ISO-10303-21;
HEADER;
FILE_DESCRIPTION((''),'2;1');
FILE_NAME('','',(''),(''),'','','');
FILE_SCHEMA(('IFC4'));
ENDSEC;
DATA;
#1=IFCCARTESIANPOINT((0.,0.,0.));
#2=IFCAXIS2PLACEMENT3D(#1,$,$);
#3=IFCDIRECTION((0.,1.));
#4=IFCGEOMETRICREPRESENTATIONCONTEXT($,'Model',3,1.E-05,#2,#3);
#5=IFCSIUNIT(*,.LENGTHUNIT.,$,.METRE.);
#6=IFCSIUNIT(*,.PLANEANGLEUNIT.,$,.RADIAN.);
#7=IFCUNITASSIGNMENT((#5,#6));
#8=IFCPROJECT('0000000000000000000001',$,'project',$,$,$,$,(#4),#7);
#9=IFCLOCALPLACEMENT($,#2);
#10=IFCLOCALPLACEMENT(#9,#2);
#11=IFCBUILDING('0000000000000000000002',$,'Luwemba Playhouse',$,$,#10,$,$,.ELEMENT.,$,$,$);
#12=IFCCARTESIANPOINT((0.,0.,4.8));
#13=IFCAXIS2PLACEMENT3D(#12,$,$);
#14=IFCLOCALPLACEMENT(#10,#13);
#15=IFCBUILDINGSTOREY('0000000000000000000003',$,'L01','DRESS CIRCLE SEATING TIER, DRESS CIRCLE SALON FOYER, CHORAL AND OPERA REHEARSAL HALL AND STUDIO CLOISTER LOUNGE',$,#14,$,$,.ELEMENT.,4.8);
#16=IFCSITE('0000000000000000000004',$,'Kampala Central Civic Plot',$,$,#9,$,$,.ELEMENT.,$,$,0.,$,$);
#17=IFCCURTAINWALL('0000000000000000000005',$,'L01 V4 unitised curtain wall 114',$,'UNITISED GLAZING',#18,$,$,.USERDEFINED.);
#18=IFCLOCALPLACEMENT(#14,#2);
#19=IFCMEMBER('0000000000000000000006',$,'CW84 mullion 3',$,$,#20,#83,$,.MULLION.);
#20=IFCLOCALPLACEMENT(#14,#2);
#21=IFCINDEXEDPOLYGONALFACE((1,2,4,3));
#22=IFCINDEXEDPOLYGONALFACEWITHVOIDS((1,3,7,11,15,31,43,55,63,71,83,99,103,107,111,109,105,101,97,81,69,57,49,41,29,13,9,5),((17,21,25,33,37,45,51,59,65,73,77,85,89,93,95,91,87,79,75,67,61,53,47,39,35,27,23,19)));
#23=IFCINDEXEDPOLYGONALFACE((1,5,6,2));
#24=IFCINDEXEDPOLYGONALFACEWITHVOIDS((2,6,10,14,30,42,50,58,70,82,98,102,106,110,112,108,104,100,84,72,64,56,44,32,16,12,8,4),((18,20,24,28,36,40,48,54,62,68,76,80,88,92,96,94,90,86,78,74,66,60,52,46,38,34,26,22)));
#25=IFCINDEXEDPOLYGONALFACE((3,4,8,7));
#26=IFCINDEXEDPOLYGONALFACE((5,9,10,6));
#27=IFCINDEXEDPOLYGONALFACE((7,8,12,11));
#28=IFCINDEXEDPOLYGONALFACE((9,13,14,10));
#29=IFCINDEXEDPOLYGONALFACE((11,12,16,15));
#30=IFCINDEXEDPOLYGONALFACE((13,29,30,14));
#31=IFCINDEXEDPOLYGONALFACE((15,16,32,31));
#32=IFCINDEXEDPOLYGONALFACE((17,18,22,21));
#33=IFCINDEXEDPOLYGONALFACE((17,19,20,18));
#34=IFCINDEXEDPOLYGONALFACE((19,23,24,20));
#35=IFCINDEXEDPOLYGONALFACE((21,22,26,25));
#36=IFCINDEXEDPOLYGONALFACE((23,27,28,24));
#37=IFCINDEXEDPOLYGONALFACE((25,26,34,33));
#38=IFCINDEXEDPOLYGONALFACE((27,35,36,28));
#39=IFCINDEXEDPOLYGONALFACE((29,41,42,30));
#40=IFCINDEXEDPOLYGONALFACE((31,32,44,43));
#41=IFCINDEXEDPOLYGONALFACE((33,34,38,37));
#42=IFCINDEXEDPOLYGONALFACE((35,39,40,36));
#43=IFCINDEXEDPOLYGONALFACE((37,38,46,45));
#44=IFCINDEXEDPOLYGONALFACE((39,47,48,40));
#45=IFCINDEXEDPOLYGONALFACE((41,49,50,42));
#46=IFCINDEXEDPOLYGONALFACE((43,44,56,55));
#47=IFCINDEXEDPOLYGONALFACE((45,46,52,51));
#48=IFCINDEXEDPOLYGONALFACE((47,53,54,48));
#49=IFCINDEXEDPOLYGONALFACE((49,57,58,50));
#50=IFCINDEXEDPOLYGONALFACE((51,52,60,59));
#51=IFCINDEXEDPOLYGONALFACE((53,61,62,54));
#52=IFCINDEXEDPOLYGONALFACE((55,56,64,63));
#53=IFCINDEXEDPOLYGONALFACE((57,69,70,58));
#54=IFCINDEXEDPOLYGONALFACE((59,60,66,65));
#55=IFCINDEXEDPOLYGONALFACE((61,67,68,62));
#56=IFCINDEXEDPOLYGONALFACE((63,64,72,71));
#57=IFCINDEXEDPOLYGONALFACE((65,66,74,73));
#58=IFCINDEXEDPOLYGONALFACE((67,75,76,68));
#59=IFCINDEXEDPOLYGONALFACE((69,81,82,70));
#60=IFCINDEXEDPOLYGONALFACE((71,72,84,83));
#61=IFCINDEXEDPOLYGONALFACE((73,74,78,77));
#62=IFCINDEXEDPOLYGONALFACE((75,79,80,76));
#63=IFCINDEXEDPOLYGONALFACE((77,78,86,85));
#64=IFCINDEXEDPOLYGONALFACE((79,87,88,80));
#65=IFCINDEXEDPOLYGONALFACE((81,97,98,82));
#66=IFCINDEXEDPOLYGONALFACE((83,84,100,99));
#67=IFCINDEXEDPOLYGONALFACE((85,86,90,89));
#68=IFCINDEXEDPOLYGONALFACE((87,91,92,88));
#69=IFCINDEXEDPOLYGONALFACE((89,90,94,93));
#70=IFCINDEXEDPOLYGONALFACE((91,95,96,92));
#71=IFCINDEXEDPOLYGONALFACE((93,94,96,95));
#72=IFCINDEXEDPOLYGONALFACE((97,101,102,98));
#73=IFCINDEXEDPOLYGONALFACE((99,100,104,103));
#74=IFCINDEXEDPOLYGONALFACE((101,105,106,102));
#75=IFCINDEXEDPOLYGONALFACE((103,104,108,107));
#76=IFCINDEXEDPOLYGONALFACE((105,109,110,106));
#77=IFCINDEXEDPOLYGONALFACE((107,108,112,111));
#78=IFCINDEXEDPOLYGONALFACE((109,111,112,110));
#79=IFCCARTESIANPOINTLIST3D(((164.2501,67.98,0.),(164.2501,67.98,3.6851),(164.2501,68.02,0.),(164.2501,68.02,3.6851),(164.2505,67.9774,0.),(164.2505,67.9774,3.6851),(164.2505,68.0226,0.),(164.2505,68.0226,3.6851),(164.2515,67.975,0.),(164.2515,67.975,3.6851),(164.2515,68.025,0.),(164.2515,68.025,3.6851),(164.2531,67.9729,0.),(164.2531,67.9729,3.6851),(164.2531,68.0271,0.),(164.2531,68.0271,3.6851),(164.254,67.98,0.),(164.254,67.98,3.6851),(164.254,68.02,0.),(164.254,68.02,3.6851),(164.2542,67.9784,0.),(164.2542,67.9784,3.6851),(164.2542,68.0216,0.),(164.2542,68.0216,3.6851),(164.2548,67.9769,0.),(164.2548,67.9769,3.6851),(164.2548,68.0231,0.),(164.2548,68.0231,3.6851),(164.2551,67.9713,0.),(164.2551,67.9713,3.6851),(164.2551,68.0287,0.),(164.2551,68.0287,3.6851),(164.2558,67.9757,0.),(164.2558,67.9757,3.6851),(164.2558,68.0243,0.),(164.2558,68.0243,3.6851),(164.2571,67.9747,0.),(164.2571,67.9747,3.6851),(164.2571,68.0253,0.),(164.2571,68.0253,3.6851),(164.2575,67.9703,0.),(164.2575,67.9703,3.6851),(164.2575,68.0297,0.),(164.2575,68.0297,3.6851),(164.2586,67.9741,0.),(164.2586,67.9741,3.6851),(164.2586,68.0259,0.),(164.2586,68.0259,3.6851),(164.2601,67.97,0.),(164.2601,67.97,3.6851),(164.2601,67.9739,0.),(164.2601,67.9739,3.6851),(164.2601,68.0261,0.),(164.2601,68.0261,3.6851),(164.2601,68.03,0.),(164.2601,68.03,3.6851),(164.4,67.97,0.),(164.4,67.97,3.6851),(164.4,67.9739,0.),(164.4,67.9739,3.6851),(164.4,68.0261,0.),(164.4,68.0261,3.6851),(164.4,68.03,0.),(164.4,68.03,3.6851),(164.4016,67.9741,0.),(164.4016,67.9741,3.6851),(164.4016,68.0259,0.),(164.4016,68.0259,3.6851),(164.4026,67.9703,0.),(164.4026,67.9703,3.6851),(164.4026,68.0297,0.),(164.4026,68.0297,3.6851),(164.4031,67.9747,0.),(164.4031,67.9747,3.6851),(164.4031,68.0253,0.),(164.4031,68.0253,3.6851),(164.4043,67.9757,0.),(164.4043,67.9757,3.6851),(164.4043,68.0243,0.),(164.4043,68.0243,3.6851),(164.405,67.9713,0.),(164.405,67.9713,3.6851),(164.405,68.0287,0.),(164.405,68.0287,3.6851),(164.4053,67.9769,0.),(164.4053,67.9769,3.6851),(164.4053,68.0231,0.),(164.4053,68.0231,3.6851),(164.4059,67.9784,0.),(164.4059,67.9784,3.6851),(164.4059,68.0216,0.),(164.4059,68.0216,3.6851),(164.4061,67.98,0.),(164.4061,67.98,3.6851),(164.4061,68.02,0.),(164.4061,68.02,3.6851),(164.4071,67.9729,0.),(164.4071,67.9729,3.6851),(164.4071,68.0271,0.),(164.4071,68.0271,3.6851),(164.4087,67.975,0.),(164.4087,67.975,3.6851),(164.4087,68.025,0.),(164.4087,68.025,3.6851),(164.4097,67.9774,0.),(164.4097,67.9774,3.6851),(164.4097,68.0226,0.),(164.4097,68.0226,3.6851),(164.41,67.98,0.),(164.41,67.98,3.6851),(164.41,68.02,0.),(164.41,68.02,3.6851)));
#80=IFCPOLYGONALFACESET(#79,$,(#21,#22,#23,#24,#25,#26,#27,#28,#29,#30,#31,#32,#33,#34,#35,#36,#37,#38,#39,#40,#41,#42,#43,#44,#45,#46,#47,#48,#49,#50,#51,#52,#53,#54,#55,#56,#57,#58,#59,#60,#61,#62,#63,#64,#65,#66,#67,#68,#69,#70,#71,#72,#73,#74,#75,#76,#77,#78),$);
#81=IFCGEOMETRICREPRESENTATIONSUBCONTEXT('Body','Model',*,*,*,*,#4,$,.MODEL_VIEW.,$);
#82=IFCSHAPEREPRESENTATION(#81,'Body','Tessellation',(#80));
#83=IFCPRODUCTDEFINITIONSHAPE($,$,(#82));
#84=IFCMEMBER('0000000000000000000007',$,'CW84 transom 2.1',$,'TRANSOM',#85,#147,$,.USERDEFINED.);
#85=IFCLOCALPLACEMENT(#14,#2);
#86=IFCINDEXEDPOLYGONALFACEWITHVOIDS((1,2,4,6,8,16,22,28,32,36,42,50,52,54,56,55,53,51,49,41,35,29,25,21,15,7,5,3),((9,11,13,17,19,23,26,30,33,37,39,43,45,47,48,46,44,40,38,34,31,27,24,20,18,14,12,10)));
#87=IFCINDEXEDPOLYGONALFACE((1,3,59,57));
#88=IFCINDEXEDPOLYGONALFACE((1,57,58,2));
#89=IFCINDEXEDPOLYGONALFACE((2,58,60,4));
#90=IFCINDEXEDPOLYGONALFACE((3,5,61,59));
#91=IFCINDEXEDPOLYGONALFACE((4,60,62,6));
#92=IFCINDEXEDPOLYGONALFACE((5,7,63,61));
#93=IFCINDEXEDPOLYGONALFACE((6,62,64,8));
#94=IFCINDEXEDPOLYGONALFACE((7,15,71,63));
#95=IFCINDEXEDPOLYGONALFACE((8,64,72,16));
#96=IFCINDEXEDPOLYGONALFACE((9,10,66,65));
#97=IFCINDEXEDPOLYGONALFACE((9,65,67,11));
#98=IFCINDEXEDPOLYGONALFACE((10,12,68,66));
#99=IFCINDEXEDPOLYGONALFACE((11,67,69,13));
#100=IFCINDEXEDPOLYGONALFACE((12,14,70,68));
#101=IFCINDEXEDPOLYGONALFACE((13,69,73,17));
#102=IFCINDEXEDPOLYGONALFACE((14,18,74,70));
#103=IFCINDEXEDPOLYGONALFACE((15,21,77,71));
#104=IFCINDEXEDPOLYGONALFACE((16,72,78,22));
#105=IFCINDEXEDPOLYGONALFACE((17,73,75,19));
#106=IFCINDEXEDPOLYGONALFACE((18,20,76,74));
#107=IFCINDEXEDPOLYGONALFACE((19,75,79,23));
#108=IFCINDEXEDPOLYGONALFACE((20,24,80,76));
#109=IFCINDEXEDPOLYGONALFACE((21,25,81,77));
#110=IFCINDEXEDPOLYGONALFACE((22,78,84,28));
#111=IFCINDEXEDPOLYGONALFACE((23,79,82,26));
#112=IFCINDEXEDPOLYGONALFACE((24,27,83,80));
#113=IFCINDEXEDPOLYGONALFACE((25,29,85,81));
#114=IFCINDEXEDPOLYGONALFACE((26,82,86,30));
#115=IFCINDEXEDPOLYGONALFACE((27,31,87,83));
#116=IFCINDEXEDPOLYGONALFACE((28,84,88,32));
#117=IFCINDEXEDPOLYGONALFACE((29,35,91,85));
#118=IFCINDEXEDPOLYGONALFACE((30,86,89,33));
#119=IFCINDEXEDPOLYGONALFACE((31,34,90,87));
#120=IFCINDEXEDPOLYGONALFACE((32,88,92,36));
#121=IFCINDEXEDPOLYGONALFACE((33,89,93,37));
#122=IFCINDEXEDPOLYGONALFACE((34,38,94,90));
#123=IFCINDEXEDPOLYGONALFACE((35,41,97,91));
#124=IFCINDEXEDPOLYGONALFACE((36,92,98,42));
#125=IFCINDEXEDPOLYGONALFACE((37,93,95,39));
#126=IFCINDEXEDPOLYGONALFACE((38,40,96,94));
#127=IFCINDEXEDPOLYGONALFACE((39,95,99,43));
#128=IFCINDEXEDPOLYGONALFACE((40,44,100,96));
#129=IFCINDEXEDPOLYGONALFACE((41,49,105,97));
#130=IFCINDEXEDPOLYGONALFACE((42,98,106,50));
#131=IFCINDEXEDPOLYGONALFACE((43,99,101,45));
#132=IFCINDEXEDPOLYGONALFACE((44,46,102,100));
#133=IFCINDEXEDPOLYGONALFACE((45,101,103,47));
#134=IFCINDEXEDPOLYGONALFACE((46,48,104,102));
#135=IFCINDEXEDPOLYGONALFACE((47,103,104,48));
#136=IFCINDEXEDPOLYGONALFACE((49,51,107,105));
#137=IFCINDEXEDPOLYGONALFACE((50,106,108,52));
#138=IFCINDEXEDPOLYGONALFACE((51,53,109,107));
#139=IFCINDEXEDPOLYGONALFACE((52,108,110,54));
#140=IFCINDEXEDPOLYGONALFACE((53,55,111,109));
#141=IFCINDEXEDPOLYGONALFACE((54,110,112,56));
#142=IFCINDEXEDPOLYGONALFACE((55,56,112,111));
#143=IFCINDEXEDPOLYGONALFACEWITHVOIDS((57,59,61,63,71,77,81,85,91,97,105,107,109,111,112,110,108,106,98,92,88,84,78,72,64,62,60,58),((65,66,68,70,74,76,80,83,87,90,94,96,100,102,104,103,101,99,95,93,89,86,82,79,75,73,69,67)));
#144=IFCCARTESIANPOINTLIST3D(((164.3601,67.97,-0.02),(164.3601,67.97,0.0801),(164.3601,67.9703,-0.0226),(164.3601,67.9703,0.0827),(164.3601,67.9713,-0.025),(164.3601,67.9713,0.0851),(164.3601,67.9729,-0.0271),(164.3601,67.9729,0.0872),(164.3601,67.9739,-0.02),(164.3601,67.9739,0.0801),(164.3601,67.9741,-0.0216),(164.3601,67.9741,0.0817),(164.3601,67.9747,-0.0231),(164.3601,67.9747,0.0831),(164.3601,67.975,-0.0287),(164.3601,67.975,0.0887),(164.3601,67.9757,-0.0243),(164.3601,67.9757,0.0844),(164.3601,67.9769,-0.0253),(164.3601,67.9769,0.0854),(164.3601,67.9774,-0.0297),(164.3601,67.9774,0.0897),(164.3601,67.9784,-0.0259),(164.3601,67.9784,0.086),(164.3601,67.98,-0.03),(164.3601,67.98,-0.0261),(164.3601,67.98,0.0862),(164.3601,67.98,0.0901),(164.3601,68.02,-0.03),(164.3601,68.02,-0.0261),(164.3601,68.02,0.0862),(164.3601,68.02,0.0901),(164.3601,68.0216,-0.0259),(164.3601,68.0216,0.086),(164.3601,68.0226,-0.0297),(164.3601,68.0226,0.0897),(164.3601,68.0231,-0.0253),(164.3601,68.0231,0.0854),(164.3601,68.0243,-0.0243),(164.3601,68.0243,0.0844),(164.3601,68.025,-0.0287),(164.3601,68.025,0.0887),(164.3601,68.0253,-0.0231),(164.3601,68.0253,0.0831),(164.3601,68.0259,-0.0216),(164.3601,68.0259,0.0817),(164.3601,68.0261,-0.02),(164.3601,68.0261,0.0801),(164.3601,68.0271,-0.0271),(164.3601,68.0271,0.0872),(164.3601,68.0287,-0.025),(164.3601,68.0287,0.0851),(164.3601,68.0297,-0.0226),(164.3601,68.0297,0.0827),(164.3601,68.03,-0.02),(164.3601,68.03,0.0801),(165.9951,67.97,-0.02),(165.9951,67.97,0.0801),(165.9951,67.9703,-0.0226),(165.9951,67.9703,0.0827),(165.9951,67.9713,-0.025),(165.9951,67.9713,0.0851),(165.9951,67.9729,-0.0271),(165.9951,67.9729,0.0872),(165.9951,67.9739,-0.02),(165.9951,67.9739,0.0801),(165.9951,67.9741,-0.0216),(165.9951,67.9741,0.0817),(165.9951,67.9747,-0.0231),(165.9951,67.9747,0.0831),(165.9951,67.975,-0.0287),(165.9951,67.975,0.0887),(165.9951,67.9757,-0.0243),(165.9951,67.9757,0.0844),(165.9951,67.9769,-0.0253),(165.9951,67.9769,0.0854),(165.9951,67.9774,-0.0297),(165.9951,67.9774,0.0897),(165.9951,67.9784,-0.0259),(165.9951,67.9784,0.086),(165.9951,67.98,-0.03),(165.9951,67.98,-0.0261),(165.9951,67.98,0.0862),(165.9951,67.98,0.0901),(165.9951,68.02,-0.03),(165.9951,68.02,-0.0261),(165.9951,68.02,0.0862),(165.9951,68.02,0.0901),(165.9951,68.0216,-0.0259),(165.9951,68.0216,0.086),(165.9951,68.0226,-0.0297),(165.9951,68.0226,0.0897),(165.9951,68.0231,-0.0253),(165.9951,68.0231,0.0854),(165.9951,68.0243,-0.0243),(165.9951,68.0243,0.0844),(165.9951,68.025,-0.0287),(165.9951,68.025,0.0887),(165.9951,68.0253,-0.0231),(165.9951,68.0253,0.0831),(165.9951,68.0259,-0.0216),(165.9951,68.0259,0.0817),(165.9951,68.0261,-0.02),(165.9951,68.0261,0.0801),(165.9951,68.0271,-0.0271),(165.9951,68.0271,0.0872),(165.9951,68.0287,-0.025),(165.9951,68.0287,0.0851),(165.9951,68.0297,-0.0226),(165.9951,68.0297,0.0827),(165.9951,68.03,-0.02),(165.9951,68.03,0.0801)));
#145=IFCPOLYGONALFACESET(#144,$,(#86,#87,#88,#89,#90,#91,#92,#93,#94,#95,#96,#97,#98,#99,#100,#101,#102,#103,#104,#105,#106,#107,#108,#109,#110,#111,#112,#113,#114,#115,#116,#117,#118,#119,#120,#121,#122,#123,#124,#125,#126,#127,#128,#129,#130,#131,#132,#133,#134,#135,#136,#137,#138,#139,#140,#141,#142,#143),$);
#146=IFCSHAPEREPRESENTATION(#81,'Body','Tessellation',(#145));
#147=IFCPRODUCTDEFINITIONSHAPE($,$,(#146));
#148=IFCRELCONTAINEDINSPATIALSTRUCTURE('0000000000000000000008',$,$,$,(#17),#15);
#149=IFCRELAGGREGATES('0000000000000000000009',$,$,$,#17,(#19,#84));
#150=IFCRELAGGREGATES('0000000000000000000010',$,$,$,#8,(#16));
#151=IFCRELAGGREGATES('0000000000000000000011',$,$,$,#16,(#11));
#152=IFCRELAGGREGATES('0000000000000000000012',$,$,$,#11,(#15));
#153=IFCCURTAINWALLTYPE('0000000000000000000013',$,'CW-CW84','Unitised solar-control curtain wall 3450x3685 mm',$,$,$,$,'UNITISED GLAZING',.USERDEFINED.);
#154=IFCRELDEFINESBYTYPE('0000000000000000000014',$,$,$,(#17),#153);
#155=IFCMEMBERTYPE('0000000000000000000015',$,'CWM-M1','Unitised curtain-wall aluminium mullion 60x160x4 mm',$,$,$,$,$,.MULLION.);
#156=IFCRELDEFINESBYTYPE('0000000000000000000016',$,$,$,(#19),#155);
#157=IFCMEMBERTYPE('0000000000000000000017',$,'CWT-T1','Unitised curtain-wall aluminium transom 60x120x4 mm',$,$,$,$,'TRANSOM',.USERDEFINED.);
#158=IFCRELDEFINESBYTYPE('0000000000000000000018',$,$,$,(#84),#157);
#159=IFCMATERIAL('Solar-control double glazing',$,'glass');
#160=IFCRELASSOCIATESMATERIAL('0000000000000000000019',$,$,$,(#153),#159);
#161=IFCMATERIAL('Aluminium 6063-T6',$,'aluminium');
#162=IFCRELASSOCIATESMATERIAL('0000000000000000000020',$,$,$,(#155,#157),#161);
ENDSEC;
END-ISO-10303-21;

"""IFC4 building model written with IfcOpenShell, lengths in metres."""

from ifc_helpers import new_model, si_unit, direction, frame, origin, origin_2d, place, context, subcontext, project, spatial, hollow_rectangle, extrude, material, material_profile, profile_set, type_object, element, aggregate, save


model = new_model("IFC4")

# Units and contexts
model_context = context("Model", 3, precision=1e-05, world=origin(), true_north=direction((0.0, 1.0)))
body_context = subcontext(model_context, "Body", "Model", "MODEL_VIEW")
ifc_project = project(units=[si_unit("LENGTHUNIT", "METRE"), si_unit("PLANEANGLEUNIT", "RADIAN")], contexts=[model_context])

# Site, building, storey
site_placement = place(None, origin())
site = spatial("IfcSite", under=ifc_project, at=site_placement, Name="Kampala Central Civic Plot", CompositionType="ELEMENT", RefElevation=0.0)
building_placement = place(site_placement, origin())
building = spatial("IfcBuilding", under=site, at=building_placement, Name="Luwemba Playhouse", CompositionType="ELEMENT")
storey_placement = place(building_placement, frame((0.0, 0.0, 4.8)))
storey = spatial("IfcBuildingStorey", under=building, at=storey_placement, Name="L01", Description="DRESS CIRCLE SEATING TIER, DRESS CIRCLE SALON FOYER, CHORAL AND OPERA REHEARSAL HALL AND STUDIO CLOISTER LOUNGE", CompositionType="ELEMENT", Elevation=4.8)

# Curtain wall, members
ifc_material_1 = material(Name="Solar-control double glazing", Category="glass")
curtain_wall_type = type_object("IfcCurtainWallType", Name="CW-CW84", Description="Unitised solar-control curtain wall 3450x3685 mm", ElementType="UNITISED GLAZING", PredefinedType="USERDEFINED", material=ifc_material_1)
curtain_wall_placement = place(storey_placement, origin())
curtain_wall = element("IfcCurtainWall", 1, at=curtain_wall_placement, inside=storey, type_object=curtain_wall_type, Name="L01 V4 unitised curtain wall 114", ObjectType="UNITISED GLAZING", PredefinedType="USERDEFINED")
ifc_material_2 = material(Name="Aluminium 6063-T6", Category="aluminium")
ifc_material_profile_1 = material_profile(ifc_material_2, hollow_rectangle(XDim=0.0601, YDim=0.1599, WallThickness=0.0039, InnerFilletRadius=0.0061, OuterFilletRadius=0.01, at=origin_2d()))
ifc_profile_set_1 = profile_set([ifc_material_profile_1], Name="Aluminium 6063-T6")
member_type_1 = type_object("IfcMemberType", Name="CWM-M1", Description="Unitised curtain-wall aluminium mullion 60x160x4 mm", PredefinedType="MULLION", material=ifc_profile_set_1)
member_1_placement = place(storey_placement, frame((164.3301, 68.0, 0.0), z_axis=(0.0, 0.0, 1.0), x_axis=(0.0, -1.0, 0.0)))
member_1 = element("IfcMember", 2, at=member_1_placement, type_object=member_type_1, Name="CW84 mullion 3", PredefinedType="MULLION", context=body_context, shape_type="SweptSolid", body=[
    extrude(hollow_rectangle(XDim=0.0601, YDim=0.1599, WallThickness=0.0039, InnerFilletRadius=0.0061, OuterFilletRadius=0.01, at=origin_2d()), origin(), (0.0, 0.0, 1.0), 3.6851),
])
ifc_material_profile_2 = material_profile(ifc_material_2, hollow_rectangle(XDim=0.0601, YDim=0.1201, WallThickness=0.0039, InnerFilletRadius=0.0061, OuterFilletRadius=0.01, at=origin_2d()))
ifc_profile_set_2 = profile_set([ifc_material_profile_2], Name="Aluminium 6063-T6")
member_type_2 = type_object("IfcMemberType", Name="CWT-T1", Description="Unitised curtain-wall aluminium transom 60x120x4 mm", ElementType="TRANSOM", PredefinedType="USERDEFINED", material=ifc_profile_set_2)
member_2_placement = place(storey_placement, frame((165.9951, 68.0, 0.03), z_axis=(-1.0, 0.0, 0.0), x_axis=(0.0, -1.0, 0.0)))
member_2 = element("IfcMember", 3, at=member_2_placement, type_object=member_type_2, Name="CW84 transom 2.1", ObjectType="TRANSOM", PredefinedType="USERDEFINED", context=body_context, shape_type="SweptSolid", body=[
    extrude(hollow_rectangle(XDim=0.0601, YDim=0.1201, WallThickness=0.0039, InnerFilletRadius=0.0061, OuterFilletRadius=0.01, at=origin_2d()), origin(), (0.0, 0.0, 1.0), 1.635),
])
aggregate(curtain_wall, [member_1, member_2])

save(model, "model.ifc")
